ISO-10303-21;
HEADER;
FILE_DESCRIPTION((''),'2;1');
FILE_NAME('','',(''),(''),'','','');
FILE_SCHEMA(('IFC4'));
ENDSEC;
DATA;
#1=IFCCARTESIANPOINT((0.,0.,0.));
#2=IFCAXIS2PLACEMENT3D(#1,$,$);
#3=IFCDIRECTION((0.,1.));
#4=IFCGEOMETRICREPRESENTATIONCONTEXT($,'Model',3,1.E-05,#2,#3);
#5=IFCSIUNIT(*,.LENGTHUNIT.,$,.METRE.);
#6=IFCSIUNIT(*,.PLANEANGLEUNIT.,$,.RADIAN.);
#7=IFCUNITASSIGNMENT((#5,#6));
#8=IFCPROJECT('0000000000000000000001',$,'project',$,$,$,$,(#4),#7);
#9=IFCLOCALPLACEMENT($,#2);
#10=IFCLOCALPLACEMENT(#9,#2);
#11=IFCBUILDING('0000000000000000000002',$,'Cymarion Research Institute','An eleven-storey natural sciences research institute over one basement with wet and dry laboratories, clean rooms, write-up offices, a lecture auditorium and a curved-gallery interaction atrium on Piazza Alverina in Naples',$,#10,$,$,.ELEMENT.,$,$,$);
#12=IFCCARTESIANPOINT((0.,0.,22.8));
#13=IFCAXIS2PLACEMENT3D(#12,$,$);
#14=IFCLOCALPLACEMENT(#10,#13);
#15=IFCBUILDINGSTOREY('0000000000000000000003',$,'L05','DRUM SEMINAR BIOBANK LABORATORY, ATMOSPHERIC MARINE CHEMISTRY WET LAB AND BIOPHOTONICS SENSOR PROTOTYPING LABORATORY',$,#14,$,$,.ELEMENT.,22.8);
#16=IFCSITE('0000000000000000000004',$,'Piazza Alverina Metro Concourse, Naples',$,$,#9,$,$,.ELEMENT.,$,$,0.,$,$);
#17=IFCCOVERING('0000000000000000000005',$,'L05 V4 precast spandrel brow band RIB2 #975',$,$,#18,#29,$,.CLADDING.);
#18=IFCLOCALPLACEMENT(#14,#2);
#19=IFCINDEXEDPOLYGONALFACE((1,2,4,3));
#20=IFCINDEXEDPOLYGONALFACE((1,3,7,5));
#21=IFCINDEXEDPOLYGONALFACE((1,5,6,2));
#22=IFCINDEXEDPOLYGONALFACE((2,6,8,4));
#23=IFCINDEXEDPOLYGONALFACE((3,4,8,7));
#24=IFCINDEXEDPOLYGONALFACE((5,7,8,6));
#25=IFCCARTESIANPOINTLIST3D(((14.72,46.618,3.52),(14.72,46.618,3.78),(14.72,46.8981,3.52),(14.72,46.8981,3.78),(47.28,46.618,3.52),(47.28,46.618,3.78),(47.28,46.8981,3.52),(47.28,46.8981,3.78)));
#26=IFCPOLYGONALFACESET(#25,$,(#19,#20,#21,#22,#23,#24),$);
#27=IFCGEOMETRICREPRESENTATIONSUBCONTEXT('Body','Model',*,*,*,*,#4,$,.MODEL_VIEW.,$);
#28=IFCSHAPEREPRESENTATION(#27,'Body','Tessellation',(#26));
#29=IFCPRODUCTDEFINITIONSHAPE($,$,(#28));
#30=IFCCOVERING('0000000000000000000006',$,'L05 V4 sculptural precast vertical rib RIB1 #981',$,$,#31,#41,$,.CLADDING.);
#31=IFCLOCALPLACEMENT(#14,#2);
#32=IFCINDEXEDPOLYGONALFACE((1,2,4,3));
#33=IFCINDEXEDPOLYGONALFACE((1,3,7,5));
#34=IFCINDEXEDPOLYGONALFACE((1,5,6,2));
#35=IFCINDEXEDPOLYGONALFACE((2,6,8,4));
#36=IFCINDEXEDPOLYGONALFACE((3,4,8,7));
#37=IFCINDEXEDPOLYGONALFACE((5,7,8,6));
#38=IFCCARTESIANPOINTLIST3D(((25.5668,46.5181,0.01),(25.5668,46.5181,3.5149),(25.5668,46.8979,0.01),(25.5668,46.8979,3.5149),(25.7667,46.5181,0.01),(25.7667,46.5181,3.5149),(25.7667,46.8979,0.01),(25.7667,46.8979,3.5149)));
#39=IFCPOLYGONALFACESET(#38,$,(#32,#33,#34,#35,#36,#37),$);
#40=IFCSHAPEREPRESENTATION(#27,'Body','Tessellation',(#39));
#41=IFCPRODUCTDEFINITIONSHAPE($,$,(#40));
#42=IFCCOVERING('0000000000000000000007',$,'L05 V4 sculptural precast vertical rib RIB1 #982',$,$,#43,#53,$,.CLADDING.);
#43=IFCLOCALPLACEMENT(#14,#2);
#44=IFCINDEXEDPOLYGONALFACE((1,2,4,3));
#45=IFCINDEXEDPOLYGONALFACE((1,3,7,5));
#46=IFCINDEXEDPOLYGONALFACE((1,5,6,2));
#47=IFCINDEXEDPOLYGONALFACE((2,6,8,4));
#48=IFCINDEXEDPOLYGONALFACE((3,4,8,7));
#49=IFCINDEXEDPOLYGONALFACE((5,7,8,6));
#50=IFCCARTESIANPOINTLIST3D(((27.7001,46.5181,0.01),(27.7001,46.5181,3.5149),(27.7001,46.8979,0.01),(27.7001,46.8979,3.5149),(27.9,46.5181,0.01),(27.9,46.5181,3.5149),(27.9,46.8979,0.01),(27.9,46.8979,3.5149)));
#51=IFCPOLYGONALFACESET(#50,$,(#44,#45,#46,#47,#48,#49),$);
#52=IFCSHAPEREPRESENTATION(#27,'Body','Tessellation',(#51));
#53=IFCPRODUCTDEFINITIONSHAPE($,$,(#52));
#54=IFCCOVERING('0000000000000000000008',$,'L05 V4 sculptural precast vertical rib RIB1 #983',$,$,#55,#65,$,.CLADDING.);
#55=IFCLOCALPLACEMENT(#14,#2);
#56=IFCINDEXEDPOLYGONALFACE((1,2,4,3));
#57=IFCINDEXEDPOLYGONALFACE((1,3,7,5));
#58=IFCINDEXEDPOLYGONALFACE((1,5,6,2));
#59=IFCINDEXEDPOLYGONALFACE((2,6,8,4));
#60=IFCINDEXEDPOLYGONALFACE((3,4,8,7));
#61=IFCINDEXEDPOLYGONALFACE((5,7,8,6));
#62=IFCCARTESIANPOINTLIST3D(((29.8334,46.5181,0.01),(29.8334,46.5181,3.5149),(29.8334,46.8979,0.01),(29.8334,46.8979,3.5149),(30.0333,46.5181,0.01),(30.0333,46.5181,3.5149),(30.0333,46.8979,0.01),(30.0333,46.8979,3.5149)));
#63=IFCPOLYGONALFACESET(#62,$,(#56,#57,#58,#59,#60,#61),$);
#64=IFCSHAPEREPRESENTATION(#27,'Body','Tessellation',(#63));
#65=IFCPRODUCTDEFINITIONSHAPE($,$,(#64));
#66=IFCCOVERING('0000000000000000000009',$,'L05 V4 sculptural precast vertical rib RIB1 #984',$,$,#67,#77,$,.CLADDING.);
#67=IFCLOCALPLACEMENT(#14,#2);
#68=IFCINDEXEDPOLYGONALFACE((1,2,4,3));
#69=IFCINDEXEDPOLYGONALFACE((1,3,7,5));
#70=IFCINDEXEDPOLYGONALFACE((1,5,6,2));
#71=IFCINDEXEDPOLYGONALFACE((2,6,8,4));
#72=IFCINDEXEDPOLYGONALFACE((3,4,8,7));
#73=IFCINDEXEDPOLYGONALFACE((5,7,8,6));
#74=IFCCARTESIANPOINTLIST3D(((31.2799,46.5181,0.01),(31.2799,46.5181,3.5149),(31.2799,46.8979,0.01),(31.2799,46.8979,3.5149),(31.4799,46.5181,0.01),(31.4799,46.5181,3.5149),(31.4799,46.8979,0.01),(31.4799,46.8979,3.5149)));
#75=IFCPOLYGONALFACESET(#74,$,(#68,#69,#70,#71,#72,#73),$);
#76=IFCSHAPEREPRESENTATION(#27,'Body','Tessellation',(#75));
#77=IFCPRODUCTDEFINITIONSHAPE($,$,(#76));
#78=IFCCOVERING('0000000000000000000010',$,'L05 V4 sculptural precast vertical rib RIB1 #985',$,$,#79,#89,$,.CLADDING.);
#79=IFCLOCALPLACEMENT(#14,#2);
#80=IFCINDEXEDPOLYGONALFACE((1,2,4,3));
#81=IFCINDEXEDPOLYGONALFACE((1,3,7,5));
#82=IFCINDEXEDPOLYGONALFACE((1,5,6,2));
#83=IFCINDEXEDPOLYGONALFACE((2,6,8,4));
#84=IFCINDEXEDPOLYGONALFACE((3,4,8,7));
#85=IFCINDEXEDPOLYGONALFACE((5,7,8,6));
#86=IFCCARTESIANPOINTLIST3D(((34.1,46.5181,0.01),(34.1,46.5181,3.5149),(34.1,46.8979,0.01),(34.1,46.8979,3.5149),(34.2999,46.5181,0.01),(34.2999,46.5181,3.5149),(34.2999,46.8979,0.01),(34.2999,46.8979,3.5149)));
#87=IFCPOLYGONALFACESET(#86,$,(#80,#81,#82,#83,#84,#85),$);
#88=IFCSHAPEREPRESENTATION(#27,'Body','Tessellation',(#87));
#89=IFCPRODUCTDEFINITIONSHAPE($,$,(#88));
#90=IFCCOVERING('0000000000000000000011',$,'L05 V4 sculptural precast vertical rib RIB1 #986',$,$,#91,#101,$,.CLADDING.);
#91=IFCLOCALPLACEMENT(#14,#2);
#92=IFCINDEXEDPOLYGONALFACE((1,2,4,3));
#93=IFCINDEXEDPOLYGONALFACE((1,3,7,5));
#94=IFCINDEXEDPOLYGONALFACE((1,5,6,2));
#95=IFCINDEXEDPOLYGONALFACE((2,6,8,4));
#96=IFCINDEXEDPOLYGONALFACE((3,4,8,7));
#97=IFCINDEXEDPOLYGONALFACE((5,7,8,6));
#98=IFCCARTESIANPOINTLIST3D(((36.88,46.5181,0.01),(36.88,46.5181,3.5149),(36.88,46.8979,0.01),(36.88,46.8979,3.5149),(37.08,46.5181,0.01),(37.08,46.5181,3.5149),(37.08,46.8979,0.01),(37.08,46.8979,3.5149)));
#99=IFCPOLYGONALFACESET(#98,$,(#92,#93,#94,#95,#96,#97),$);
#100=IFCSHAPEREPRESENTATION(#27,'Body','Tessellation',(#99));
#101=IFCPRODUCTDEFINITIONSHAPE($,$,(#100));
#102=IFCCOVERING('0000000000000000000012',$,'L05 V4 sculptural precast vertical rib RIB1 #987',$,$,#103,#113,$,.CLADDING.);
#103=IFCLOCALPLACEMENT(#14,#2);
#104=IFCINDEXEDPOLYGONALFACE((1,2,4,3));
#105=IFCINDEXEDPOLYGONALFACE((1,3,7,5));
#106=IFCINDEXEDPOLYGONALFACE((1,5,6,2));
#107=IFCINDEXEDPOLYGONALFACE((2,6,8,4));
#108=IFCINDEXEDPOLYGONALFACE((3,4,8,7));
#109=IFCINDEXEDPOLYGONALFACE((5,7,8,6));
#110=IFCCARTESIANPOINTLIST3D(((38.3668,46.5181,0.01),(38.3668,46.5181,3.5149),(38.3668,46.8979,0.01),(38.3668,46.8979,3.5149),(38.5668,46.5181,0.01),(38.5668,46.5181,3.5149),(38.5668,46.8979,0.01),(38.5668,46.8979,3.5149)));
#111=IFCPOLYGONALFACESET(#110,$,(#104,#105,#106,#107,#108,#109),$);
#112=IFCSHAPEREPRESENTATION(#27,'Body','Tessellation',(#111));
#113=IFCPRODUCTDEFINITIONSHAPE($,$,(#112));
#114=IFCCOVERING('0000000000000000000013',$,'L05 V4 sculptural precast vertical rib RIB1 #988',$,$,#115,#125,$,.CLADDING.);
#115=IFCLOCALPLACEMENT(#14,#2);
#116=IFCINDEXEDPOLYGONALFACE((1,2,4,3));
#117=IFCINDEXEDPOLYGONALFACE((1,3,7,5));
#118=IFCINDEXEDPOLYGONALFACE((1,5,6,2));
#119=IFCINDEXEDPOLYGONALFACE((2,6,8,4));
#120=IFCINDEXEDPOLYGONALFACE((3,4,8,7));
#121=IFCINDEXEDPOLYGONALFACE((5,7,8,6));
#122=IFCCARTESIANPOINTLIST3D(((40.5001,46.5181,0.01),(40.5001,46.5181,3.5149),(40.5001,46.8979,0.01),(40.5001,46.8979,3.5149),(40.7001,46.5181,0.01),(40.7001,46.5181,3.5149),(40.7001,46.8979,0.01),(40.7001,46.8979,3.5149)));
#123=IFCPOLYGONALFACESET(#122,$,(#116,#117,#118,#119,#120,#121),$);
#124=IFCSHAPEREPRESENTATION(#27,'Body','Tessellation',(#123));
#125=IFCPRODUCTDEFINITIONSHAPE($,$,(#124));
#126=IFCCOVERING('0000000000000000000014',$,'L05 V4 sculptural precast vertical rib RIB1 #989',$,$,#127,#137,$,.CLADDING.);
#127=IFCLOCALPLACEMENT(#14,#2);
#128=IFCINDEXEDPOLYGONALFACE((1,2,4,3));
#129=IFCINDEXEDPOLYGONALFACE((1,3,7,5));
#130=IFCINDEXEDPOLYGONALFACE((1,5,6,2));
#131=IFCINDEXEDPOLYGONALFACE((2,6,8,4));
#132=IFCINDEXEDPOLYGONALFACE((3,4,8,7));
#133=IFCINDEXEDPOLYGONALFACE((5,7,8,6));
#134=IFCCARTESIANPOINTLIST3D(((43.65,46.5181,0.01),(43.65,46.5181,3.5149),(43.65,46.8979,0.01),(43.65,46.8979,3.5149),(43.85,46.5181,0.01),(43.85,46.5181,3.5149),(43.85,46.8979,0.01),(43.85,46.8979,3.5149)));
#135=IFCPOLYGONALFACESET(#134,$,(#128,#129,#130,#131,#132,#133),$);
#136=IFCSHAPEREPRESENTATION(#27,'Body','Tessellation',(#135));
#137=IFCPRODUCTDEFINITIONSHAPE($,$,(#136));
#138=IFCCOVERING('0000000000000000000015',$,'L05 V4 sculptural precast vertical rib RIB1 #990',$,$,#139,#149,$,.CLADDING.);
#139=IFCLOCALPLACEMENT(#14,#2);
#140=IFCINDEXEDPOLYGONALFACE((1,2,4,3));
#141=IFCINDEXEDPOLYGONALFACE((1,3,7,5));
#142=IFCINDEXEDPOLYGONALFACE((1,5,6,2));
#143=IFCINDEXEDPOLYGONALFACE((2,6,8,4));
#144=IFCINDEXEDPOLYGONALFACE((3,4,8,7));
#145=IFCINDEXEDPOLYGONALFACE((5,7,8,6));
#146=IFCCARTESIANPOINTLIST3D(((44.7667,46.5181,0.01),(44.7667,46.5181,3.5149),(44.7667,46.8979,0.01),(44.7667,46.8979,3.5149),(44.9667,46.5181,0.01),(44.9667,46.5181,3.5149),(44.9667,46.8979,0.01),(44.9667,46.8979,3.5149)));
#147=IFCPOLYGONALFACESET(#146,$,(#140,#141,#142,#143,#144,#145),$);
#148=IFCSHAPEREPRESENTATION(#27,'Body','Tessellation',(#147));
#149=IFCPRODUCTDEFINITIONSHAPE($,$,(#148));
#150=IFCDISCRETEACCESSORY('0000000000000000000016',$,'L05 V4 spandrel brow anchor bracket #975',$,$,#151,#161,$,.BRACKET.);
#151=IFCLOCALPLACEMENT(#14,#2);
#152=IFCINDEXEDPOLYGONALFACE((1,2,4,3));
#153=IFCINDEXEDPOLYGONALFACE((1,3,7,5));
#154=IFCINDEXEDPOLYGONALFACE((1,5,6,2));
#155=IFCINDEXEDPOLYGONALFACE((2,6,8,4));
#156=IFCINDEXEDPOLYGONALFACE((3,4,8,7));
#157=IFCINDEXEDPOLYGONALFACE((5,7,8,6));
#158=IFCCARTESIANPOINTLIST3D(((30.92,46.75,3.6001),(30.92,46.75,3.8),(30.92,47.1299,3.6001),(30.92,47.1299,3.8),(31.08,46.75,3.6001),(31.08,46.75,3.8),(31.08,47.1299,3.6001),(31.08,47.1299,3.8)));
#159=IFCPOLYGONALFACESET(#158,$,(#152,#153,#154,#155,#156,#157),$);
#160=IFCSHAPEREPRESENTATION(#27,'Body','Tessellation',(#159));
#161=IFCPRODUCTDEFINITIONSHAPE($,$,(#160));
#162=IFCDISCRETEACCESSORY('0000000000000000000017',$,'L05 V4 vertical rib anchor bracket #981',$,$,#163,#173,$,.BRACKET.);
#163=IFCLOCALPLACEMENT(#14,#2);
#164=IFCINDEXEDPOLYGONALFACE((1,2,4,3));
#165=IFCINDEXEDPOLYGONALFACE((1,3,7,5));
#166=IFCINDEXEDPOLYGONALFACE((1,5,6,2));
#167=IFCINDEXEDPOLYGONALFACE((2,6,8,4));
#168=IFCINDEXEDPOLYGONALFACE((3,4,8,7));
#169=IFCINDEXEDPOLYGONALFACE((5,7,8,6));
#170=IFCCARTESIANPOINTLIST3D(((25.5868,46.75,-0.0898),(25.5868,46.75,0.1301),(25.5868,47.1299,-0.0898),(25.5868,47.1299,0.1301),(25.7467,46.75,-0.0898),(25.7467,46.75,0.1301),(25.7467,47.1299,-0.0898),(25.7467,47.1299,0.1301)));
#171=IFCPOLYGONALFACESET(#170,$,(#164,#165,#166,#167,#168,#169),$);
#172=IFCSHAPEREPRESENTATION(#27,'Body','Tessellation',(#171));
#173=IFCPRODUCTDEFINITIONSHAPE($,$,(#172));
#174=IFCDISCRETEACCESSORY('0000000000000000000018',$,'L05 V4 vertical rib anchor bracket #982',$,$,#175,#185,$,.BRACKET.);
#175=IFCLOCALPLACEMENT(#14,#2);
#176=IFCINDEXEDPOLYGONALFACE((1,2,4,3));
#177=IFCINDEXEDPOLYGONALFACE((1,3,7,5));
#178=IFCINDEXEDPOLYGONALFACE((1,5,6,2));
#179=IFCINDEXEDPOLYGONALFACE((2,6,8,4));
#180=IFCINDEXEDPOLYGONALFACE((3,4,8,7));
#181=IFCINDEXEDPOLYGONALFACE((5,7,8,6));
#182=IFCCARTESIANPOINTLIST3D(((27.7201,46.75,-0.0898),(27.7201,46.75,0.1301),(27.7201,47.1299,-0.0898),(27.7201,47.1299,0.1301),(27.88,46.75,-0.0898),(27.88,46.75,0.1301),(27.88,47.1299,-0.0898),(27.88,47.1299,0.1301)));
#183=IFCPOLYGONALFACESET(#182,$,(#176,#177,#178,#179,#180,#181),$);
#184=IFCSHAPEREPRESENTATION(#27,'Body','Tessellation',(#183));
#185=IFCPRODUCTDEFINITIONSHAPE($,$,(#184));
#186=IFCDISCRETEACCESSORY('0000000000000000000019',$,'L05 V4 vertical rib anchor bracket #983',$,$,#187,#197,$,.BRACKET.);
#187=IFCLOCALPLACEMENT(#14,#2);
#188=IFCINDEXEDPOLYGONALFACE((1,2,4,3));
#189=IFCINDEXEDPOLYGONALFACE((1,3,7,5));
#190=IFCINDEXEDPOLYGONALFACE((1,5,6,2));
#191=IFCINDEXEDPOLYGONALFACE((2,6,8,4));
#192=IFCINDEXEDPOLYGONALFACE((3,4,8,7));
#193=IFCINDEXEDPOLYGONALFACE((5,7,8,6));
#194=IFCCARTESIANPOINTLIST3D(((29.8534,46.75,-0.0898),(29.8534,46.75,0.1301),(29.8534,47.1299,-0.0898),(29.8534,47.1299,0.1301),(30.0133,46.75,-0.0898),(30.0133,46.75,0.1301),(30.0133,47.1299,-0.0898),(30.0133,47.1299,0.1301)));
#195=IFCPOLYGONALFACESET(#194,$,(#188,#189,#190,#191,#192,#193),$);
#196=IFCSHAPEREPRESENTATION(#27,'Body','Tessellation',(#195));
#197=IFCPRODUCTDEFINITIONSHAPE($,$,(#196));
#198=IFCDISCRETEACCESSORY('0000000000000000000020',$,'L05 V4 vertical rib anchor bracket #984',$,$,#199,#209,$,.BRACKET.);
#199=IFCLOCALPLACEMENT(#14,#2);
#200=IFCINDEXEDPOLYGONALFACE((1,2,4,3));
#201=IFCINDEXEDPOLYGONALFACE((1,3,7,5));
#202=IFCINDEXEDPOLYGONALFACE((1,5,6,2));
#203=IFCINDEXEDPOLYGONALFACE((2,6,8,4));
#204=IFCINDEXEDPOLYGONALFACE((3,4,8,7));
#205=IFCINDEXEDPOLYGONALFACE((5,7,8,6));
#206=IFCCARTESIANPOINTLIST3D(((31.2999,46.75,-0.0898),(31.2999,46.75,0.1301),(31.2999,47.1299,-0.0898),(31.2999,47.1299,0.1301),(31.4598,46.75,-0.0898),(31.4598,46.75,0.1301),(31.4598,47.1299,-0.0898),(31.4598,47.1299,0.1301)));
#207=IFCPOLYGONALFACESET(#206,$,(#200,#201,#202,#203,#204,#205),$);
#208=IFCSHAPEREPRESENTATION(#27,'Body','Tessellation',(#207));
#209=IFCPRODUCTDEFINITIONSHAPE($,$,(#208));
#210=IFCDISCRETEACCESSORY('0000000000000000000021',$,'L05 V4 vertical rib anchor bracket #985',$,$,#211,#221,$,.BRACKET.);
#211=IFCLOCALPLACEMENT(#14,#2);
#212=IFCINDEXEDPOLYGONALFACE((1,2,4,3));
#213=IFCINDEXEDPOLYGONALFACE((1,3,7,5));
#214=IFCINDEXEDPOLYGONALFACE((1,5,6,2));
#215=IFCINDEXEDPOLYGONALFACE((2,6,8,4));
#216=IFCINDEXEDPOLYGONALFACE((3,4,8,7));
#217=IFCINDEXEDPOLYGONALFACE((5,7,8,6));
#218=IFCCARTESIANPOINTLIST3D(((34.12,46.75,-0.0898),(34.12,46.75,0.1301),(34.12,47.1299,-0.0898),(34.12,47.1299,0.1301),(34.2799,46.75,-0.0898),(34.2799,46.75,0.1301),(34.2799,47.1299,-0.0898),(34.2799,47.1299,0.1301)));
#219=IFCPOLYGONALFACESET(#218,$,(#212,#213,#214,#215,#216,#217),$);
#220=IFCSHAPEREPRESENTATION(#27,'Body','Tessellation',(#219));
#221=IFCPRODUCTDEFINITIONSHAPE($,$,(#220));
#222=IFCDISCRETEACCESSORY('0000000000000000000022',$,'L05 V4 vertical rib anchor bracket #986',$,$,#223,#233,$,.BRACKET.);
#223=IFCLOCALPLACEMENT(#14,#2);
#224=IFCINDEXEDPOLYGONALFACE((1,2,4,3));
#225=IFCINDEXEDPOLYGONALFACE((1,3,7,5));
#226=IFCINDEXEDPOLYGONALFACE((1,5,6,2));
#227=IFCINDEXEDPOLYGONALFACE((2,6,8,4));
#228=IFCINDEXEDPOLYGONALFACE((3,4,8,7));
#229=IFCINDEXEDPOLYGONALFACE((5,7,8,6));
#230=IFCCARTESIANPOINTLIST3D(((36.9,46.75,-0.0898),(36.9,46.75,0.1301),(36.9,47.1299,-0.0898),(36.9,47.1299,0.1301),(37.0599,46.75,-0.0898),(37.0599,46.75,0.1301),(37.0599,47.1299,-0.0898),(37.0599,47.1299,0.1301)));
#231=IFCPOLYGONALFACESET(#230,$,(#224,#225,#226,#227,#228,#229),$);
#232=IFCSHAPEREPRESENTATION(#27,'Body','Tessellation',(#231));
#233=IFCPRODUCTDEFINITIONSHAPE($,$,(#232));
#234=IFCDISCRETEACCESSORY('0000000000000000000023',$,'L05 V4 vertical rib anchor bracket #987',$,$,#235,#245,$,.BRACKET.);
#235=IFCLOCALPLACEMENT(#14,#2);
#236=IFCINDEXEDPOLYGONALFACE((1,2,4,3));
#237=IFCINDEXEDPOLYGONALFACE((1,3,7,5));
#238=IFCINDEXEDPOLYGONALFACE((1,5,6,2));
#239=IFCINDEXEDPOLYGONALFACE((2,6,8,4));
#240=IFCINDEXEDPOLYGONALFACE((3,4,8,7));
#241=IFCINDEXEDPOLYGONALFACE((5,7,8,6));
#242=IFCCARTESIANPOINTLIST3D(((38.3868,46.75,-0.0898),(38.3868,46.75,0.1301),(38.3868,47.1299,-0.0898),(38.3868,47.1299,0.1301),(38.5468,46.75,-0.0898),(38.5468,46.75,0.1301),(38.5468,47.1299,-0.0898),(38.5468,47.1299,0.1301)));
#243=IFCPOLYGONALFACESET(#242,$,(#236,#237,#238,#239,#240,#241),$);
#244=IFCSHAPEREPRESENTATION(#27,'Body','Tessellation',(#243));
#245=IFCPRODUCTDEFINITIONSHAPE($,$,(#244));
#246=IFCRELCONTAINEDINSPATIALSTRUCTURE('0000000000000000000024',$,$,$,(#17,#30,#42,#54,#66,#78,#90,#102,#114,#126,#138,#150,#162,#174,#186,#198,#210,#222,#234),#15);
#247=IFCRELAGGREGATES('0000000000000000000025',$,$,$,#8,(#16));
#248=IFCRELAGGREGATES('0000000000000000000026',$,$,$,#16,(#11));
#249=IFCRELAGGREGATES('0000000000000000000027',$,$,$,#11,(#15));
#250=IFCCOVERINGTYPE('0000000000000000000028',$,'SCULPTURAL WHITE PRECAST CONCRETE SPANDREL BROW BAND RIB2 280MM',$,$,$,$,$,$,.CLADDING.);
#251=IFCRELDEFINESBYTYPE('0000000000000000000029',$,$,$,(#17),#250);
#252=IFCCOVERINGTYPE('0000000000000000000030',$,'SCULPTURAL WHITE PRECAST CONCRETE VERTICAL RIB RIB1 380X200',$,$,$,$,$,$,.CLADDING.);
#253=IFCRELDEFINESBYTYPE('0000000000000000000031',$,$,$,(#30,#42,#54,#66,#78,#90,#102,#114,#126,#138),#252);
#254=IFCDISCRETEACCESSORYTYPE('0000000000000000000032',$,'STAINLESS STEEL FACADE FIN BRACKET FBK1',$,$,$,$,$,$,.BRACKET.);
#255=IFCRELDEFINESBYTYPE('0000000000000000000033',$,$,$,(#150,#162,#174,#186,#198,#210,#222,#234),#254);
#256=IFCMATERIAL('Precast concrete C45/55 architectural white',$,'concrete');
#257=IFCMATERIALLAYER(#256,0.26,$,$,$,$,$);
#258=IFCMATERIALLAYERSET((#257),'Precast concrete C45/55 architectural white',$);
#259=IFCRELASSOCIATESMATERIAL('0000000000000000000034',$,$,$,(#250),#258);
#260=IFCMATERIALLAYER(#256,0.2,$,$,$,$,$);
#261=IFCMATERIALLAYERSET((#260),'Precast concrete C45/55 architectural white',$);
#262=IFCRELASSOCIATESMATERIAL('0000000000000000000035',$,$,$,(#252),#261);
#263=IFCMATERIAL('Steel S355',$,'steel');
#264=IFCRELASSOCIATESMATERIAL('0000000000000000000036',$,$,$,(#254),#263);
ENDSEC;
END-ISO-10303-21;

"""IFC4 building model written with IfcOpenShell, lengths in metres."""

from ifc_helpers import new_model, si_unit, direction, frame, origin, origin_2d, place, context, subcontext, project, spatial, rectangle, extrude, material, layer, layer_set, type_object, element, save


model = new_model("IFC4")

# Units and contexts
model_context = context("Model", 3, precision=1e-05, world=origin(), true_north=direction((0.0, 1.0)))
body_context = subcontext(model_context, "Body", "Model", "MODEL_VIEW")
ifc_project = project(units=[si_unit("LENGTHUNIT", "METRE"), si_unit("PLANEANGLEUNIT", "RADIAN")], contexts=[model_context])

# Site, building, storey
site_placement = place(None, origin())
site = spatial("IfcSite", under=ifc_project, at=site_placement, Name="Piazza Alverina Metro Concourse, Naples", CompositionType="ELEMENT", RefElevation=0.0)
building_placement = place(site_placement, origin())
building = spatial("IfcBuilding", under=site, at=building_placement, Name="Cymarion Research Institute", Description="An eleven-storey natural sciences research institute over one basement with wet and dry laboratories, clean rooms, write-up offices, a lecture auditorium and a curved-gallery interaction atrium on Piazza Alverina in Naples", CompositionType="ELEMENT")
storey_placement = place(building_placement, frame((0.0, 0.0, 22.8)))
storey = spatial("IfcBuildingStorey", under=building, at=storey_placement, Name="L05", Description="DRUM SEMINAR BIOBANK LABORATORY, ATMOSPHERIC MARINE CHEMISTRY WET LAB AND BIOPHOTONICS SENSOR PROTOTYPING LABORATORY", CompositionType="ELEMENT", Elevation=22.8)

# Coverings
ifc_material_1 = material(Name="Precast concrete C45/55 architectural white", Category="concrete")
ifc_layer_1 = layer(ifc_material_1, 0.26)
ifc_layer_set_1 = layer_set([ifc_layer_1], Name="Precast concrete C45/55 architectural white")
covering_type_1 = type_object("IfcCoveringType", Name="SCULPTURAL WHITE PRECAST CONCRETE SPANDREL BROW BAND RIB2 280MM", PredefinedType="CLADDING", material=ifc_layer_set_1)
covering_placement = place(storey_placement, frame((31.0, 46.7581, 3.52), z_axis=(0.0, 0.0, 1.0), x_axis=(0.0, -1.0, 0.0)))
element("IfcCovering", 1, at=covering_placement, inside=storey, type_object=covering_type_1, Name="L05 V4 precast spandrel brow band RIB2 #975", PredefinedType="CLADDING", context=body_context, shape_type="SweptSolid", body=[
    extrude(rectangle(XDim=0.28, YDim=32.5601, at=origin_2d()), origin(), (0.0, 0.0, 1.0), 0.26),
])
ifc_layer_2 = layer(ifc_material_1, 0.2)
ifc_layer_set_2 = layer_set([ifc_layer_2], Name="Precast concrete C45/55 architectural white")
covering_type_2 = type_object("IfcCoveringType", Name="SCULPTURAL WHITE PRECAST CONCRETE VERTICAL RIB RIB1 380X200", PredefinedType="CLADDING", material=ifc_layer_set_2)
for number, where, z_axis, x_axis, name in (
    (2, (25.6667, 46.708, 0.01), (0.0, 0.0, 1.0), (0.0, -1.0, 0.0), "L05 V4 sculptural precast vertical rib RIB1 #981"),
    (3, (27.8, 46.708, 0.01), (0.0, 0.0, 1.0), (0.0, -1.0, 0.0), "L05 V4 sculptural precast vertical rib RIB1 #982"),
    (4, (29.9333, 46.708, 0.01), (0.0, 0.0, 1.0), (0.0, -1.0, 0.0), "L05 V4 sculptural precast vertical rib RIB1 #983"),
    (5, (31.3799, 46.708, 0.01), (0.0, 0.0, 1.0), (0.0, -1.0, 0.0), "L05 V4 sculptural precast vertical rib RIB1 #984"),
    (6, (34.2, 46.708, 0.01), (0.0, 0.0, 1.0), (0.0, -1.0, 0.0), "L05 V4 sculptural precast vertical rib RIB1 #985"),
    (7, (36.98, 46.708, 0.01), (0.0, 0.0, 1.0), (0.0, -1.0, 0.0), "L05 V4 sculptural precast vertical rib RIB1 #986"),
    (8, (38.4668, 46.708, 0.01), (0.0, 0.0, 1.0), (0.0, -1.0, 0.0), "L05 V4 sculptural precast vertical rib RIB1 #987"),
    (9, (40.6001, 46.708, 0.01), (0.0, 0.0, 1.0), (0.0, -1.0, 0.0), "L05 V4 sculptural precast vertical rib RIB1 #988"),
    (10, (43.75, 46.708, 0.01), (0.0, 0.0, 1.0), (0.0, -1.0, 0.0), "L05 V4 sculptural precast vertical rib RIB1 #989"),
    (11, (44.8667, 46.708, 0.01), (0.0, 0.0, 1.0), (0.0, -1.0, 0.0), "L05 V4 sculptural precast vertical rib RIB1 #990"),
):
    element("IfcCovering", number, at=place(storey_placement, frame(where, z_axis=z_axis, x_axis=x_axis)), inside=storey, type_object=covering_type_2, Name=name, PredefinedType="CLADDING", context=body_context, shape_type="SweptSolid", body=[
        extrude(rectangle(XDim=0.3799, YDim=0.2, at=origin_2d()), origin(), (0.0, 0.0, 1.0), 3.5049),
    ])

# Discrete accessories
ifc_material_2 = material(Name="Steel S355", Category="steel")
discrete_accessory_type = type_object("IfcDiscreteAccessoryType", Name="STAINLESS STEEL FACADE FIN BRACKET FBK1", PredefinedType="BRACKET", material=ifc_material_2)
discrete_accessory_1_placement = place(storey_placement, frame((31.0, 46.9399, 3.6001), z_axis=(0.0, 0.0, 1.0), x_axis=(0.0, -1.0, 0.0)))
element("IfcDiscreteAccessory", 12, at=discrete_accessory_1_placement, inside=storey, type_object=discrete_accessory_type, Name="L05 V4 spandrel brow anchor bracket #975", PredefinedType="BRACKET", context=body_context, shape_type="SweptSolid", body=[
    extrude(rectangle(XDim=0.3799, YDim=0.1599, at=origin_2d()), origin(), (0.0, 0.0, 1.0), 0.2),
])
for number, where, z_axis, x_axis, name in (
    (13, (25.6667, 46.9399, -0.0898), (0.0, 0.0, 1.0), (0.0, -1.0, 0.0), "L05 V4 vertical rib anchor bracket #981"),
    (14, (27.8, 46.9399, -0.0898), (0.0, 0.0, 1.0), (0.0, -1.0, 0.0), "L05 V4 vertical rib anchor bracket #982"),
    (15, (29.9333, 46.9399, -0.0898), (0.0, 0.0, 1.0), (0.0, -1.0, 0.0), "L05 V4 vertical rib anchor bracket #983"),
    (16, (31.3799, 46.9399, -0.0898), (0.0, 0.0, 1.0), (0.0, -1.0, 0.0), "L05 V4 vertical rib anchor bracket #984"),
    (17, (34.2, 46.9399, -0.0898), (0.0, 0.0, 1.0), (0.0, -1.0, 0.0), "L05 V4 vertical rib anchor bracket #985"),
    (18, (36.98, 46.9399, -0.0898), (0.0, 0.0, 1.0), (0.0, -1.0, 0.0), "L05 V4 vertical rib anchor bracket #986"),
    (19, (38.4668, 46.9399, -0.0898), (0.0, 0.0, 1.0), (0.0, -1.0, 0.0), "L05 V4 vertical rib anchor bracket #987"),
):
    element("IfcDiscreteAccessory", number, at=place(storey_placement, frame(where, z_axis=z_axis, x_axis=x_axis)), inside=storey, type_object=discrete_accessory_type, Name=name, PredefinedType="BRACKET", context=body_context, shape_type="SweptSolid", body=[
        extrude(rectangle(XDim=0.3799, YDim=0.1599, at=origin_2d()), origin(), (0.0, 0.0, 1.0), 0.22),
    ])

save(model, "model.ifc")
